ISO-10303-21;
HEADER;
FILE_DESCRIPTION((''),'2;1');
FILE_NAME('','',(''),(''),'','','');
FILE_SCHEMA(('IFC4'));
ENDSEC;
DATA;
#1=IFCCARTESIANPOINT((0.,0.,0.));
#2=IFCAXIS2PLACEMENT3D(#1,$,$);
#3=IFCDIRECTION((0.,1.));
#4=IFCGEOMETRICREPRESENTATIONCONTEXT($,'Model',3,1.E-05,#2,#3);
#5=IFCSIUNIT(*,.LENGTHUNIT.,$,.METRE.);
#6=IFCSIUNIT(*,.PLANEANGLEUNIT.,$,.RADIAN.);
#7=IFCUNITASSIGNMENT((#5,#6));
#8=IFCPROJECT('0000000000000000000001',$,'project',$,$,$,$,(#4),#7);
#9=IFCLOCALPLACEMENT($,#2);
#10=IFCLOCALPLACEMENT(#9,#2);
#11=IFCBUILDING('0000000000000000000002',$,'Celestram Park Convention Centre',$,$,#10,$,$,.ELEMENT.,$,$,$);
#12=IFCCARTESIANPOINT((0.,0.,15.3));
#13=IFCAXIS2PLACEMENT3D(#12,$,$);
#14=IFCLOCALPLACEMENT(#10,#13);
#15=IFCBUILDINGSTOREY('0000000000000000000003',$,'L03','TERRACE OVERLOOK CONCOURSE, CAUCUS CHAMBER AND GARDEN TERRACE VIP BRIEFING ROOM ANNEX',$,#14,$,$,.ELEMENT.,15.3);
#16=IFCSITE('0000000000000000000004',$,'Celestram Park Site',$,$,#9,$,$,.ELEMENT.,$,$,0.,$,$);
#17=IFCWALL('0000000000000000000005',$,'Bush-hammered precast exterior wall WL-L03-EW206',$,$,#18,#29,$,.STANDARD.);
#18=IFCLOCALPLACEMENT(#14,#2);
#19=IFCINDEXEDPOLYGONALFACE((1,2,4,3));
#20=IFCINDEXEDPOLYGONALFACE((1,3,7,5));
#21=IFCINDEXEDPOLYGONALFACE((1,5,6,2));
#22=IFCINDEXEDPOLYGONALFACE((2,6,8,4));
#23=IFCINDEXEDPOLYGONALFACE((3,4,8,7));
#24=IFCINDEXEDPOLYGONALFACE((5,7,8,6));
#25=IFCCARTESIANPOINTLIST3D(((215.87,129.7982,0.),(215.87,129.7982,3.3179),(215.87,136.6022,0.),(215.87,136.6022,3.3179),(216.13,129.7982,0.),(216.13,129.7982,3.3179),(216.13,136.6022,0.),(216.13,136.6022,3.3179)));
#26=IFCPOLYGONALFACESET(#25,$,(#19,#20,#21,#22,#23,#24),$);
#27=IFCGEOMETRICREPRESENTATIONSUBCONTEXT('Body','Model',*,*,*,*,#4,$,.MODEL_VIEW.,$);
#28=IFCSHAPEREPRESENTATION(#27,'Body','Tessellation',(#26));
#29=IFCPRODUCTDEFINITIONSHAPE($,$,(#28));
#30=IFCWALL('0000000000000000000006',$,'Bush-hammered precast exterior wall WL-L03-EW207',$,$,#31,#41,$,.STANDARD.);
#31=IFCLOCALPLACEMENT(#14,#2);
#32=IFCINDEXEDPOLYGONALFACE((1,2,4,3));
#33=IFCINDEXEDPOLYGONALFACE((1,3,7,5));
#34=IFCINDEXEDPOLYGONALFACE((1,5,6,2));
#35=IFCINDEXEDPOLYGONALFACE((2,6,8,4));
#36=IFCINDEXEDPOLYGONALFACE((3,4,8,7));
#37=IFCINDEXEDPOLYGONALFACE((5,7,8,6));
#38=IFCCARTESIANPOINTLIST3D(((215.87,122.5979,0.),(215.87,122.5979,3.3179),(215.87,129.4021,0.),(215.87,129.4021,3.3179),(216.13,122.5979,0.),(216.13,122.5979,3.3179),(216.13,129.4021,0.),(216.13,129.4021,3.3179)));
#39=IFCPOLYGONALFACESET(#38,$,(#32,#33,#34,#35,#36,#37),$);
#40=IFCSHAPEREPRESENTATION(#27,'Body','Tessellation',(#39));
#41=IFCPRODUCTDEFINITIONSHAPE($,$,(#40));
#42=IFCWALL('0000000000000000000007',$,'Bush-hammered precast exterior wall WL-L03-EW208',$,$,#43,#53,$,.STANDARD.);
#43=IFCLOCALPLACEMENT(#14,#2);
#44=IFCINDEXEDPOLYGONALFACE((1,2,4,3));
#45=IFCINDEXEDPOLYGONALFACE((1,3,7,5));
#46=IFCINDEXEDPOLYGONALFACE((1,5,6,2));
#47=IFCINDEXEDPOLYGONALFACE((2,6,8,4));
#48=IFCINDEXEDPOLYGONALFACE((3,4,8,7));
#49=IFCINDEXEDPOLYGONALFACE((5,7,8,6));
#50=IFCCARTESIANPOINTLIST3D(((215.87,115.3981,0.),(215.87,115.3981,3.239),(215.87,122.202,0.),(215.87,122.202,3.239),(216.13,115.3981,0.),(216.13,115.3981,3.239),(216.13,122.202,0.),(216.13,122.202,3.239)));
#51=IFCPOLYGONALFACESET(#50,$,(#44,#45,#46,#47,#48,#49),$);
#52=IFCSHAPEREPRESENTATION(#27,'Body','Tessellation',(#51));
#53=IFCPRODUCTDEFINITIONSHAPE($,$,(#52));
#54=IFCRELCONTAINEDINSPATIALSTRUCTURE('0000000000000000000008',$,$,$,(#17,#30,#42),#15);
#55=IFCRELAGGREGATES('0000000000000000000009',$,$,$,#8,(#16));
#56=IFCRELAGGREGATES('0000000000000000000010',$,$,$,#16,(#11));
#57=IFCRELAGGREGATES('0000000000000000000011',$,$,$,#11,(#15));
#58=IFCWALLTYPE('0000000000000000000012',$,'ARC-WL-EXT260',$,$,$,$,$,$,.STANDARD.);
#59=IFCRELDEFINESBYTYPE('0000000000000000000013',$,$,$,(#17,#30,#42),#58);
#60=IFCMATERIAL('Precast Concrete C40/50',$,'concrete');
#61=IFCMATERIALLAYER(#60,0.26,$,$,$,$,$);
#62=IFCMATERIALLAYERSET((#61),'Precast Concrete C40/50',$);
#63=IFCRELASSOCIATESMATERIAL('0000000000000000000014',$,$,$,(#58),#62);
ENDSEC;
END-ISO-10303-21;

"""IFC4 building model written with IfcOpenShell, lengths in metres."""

from ifc_helpers import new_model, si_unit, direction, frame, frame_2d, origin, place, context, subcontext, project, spatial, rectangle, extrude, material, layer, layer_set, type_object, element, save


model = new_model("IFC4")

# Units and contexts
model_context = context("Model", 3, precision=1e-05, world=origin(), true_north=direction((0.0, 1.0)))
body_context = subcontext(model_context, "Body", "Model", "MODEL_VIEW")
ifc_project = project(units=[si_unit("LENGTHUNIT", "METRE"), si_unit("PLANEANGLEUNIT", "RADIAN")], contexts=[model_context])

# Site, building, storey
site_placement = place(None, origin())
site = spatial("IfcSite", under=ifc_project, at=site_placement, Name="Celestram Park Site", CompositionType="ELEMENT", RefElevation=0.0)
building_placement = place(site_placement, origin())
building = spatial("IfcBuilding", under=site, at=building_placement, Name="Celestram Park Convention Centre", CompositionType="ELEMENT")
storey_placement = place(building_placement, frame((0.0, 0.0, 15.3)))
storey = spatial("IfcBuildingStorey", under=building, at=storey_placement, Name="L03", Description="TERRACE OVERLOOK CONCOURSE, CAUCUS CHAMBER AND GARDEN TERRACE VIP BRIEFING ROOM ANNEX", CompositionType="ELEMENT", Elevation=15.3)

# Walls
ifc_material_1 = material(Name="Precast Concrete C40/50", Category="concrete")
ifc_layer_1 = layer(ifc_material_1, 0.26)
ifc_layer_set_1 = layer_set([ifc_layer_1], Name="Precast Concrete C40/50")
wall_type = type_object("IfcWallType", Name="ARC-WL-EXT260", PredefinedType="STANDARD", material=ifc_layer_set_1)
wall_1_placement = place(storey_placement, frame((216.0, 136.6021, 0.0), z_axis=(0.0, 0.0, 1.0), x_axis=(0.0, -1.0, 0.0)))
element("IfcWall", 1, at=wall_1_placement, inside=storey, type_object=wall_type, Name="Bush-hammered precast exterior wall WL-L03-EW206", PredefinedType="STANDARD", context=body_context, shape_type="SweptSolid", body=[
    extrude(rectangle(XDim=6.804, YDim=0.26, at=frame_2d((3.4019, 0.0))), origin(), (0.0, 0.0, 1.0), 3.3179),
])
wall_2_placement = place(storey_placement, frame((216.0, 129.4021, 0.0), z_axis=(0.0, 0.0, 1.0), x_axis=(0.0, -1.0, 0.0)))
element("IfcWall", 2, at=wall_2_placement, inside=storey, type_object=wall_type, Name="Bush-hammered precast exterior wall WL-L03-EW207", PredefinedType="STANDARD", context=body_context, shape_type="SweptSolid", body=[
    extrude(rectangle(XDim=6.8042, YDim=0.26, at=frame_2d((3.4021, 0.0))), origin(), (0.0, 0.0, 1.0), 3.3179),
])
wall_3_placement = place(storey_placement, frame((216.0, 122.2019, 0.0), z_axis=(0.0, 0.0, 1.0), x_axis=(0.0, -1.0, 0.0)))
element("IfcWall", 3, at=wall_3_placement, inside=storey, type_object=wall_type, Name="Bush-hammered precast exterior wall WL-L03-EW208", PredefinedType="STANDARD", context=body_context, shape_type="SweptSolid", body=[
    extrude(rectangle(XDim=6.804, YDim=0.26, at=frame_2d((3.4019, 0.0))), origin(), (0.0, 0.0, 1.0), 3.239),
])

save(model, "model.ifc")
